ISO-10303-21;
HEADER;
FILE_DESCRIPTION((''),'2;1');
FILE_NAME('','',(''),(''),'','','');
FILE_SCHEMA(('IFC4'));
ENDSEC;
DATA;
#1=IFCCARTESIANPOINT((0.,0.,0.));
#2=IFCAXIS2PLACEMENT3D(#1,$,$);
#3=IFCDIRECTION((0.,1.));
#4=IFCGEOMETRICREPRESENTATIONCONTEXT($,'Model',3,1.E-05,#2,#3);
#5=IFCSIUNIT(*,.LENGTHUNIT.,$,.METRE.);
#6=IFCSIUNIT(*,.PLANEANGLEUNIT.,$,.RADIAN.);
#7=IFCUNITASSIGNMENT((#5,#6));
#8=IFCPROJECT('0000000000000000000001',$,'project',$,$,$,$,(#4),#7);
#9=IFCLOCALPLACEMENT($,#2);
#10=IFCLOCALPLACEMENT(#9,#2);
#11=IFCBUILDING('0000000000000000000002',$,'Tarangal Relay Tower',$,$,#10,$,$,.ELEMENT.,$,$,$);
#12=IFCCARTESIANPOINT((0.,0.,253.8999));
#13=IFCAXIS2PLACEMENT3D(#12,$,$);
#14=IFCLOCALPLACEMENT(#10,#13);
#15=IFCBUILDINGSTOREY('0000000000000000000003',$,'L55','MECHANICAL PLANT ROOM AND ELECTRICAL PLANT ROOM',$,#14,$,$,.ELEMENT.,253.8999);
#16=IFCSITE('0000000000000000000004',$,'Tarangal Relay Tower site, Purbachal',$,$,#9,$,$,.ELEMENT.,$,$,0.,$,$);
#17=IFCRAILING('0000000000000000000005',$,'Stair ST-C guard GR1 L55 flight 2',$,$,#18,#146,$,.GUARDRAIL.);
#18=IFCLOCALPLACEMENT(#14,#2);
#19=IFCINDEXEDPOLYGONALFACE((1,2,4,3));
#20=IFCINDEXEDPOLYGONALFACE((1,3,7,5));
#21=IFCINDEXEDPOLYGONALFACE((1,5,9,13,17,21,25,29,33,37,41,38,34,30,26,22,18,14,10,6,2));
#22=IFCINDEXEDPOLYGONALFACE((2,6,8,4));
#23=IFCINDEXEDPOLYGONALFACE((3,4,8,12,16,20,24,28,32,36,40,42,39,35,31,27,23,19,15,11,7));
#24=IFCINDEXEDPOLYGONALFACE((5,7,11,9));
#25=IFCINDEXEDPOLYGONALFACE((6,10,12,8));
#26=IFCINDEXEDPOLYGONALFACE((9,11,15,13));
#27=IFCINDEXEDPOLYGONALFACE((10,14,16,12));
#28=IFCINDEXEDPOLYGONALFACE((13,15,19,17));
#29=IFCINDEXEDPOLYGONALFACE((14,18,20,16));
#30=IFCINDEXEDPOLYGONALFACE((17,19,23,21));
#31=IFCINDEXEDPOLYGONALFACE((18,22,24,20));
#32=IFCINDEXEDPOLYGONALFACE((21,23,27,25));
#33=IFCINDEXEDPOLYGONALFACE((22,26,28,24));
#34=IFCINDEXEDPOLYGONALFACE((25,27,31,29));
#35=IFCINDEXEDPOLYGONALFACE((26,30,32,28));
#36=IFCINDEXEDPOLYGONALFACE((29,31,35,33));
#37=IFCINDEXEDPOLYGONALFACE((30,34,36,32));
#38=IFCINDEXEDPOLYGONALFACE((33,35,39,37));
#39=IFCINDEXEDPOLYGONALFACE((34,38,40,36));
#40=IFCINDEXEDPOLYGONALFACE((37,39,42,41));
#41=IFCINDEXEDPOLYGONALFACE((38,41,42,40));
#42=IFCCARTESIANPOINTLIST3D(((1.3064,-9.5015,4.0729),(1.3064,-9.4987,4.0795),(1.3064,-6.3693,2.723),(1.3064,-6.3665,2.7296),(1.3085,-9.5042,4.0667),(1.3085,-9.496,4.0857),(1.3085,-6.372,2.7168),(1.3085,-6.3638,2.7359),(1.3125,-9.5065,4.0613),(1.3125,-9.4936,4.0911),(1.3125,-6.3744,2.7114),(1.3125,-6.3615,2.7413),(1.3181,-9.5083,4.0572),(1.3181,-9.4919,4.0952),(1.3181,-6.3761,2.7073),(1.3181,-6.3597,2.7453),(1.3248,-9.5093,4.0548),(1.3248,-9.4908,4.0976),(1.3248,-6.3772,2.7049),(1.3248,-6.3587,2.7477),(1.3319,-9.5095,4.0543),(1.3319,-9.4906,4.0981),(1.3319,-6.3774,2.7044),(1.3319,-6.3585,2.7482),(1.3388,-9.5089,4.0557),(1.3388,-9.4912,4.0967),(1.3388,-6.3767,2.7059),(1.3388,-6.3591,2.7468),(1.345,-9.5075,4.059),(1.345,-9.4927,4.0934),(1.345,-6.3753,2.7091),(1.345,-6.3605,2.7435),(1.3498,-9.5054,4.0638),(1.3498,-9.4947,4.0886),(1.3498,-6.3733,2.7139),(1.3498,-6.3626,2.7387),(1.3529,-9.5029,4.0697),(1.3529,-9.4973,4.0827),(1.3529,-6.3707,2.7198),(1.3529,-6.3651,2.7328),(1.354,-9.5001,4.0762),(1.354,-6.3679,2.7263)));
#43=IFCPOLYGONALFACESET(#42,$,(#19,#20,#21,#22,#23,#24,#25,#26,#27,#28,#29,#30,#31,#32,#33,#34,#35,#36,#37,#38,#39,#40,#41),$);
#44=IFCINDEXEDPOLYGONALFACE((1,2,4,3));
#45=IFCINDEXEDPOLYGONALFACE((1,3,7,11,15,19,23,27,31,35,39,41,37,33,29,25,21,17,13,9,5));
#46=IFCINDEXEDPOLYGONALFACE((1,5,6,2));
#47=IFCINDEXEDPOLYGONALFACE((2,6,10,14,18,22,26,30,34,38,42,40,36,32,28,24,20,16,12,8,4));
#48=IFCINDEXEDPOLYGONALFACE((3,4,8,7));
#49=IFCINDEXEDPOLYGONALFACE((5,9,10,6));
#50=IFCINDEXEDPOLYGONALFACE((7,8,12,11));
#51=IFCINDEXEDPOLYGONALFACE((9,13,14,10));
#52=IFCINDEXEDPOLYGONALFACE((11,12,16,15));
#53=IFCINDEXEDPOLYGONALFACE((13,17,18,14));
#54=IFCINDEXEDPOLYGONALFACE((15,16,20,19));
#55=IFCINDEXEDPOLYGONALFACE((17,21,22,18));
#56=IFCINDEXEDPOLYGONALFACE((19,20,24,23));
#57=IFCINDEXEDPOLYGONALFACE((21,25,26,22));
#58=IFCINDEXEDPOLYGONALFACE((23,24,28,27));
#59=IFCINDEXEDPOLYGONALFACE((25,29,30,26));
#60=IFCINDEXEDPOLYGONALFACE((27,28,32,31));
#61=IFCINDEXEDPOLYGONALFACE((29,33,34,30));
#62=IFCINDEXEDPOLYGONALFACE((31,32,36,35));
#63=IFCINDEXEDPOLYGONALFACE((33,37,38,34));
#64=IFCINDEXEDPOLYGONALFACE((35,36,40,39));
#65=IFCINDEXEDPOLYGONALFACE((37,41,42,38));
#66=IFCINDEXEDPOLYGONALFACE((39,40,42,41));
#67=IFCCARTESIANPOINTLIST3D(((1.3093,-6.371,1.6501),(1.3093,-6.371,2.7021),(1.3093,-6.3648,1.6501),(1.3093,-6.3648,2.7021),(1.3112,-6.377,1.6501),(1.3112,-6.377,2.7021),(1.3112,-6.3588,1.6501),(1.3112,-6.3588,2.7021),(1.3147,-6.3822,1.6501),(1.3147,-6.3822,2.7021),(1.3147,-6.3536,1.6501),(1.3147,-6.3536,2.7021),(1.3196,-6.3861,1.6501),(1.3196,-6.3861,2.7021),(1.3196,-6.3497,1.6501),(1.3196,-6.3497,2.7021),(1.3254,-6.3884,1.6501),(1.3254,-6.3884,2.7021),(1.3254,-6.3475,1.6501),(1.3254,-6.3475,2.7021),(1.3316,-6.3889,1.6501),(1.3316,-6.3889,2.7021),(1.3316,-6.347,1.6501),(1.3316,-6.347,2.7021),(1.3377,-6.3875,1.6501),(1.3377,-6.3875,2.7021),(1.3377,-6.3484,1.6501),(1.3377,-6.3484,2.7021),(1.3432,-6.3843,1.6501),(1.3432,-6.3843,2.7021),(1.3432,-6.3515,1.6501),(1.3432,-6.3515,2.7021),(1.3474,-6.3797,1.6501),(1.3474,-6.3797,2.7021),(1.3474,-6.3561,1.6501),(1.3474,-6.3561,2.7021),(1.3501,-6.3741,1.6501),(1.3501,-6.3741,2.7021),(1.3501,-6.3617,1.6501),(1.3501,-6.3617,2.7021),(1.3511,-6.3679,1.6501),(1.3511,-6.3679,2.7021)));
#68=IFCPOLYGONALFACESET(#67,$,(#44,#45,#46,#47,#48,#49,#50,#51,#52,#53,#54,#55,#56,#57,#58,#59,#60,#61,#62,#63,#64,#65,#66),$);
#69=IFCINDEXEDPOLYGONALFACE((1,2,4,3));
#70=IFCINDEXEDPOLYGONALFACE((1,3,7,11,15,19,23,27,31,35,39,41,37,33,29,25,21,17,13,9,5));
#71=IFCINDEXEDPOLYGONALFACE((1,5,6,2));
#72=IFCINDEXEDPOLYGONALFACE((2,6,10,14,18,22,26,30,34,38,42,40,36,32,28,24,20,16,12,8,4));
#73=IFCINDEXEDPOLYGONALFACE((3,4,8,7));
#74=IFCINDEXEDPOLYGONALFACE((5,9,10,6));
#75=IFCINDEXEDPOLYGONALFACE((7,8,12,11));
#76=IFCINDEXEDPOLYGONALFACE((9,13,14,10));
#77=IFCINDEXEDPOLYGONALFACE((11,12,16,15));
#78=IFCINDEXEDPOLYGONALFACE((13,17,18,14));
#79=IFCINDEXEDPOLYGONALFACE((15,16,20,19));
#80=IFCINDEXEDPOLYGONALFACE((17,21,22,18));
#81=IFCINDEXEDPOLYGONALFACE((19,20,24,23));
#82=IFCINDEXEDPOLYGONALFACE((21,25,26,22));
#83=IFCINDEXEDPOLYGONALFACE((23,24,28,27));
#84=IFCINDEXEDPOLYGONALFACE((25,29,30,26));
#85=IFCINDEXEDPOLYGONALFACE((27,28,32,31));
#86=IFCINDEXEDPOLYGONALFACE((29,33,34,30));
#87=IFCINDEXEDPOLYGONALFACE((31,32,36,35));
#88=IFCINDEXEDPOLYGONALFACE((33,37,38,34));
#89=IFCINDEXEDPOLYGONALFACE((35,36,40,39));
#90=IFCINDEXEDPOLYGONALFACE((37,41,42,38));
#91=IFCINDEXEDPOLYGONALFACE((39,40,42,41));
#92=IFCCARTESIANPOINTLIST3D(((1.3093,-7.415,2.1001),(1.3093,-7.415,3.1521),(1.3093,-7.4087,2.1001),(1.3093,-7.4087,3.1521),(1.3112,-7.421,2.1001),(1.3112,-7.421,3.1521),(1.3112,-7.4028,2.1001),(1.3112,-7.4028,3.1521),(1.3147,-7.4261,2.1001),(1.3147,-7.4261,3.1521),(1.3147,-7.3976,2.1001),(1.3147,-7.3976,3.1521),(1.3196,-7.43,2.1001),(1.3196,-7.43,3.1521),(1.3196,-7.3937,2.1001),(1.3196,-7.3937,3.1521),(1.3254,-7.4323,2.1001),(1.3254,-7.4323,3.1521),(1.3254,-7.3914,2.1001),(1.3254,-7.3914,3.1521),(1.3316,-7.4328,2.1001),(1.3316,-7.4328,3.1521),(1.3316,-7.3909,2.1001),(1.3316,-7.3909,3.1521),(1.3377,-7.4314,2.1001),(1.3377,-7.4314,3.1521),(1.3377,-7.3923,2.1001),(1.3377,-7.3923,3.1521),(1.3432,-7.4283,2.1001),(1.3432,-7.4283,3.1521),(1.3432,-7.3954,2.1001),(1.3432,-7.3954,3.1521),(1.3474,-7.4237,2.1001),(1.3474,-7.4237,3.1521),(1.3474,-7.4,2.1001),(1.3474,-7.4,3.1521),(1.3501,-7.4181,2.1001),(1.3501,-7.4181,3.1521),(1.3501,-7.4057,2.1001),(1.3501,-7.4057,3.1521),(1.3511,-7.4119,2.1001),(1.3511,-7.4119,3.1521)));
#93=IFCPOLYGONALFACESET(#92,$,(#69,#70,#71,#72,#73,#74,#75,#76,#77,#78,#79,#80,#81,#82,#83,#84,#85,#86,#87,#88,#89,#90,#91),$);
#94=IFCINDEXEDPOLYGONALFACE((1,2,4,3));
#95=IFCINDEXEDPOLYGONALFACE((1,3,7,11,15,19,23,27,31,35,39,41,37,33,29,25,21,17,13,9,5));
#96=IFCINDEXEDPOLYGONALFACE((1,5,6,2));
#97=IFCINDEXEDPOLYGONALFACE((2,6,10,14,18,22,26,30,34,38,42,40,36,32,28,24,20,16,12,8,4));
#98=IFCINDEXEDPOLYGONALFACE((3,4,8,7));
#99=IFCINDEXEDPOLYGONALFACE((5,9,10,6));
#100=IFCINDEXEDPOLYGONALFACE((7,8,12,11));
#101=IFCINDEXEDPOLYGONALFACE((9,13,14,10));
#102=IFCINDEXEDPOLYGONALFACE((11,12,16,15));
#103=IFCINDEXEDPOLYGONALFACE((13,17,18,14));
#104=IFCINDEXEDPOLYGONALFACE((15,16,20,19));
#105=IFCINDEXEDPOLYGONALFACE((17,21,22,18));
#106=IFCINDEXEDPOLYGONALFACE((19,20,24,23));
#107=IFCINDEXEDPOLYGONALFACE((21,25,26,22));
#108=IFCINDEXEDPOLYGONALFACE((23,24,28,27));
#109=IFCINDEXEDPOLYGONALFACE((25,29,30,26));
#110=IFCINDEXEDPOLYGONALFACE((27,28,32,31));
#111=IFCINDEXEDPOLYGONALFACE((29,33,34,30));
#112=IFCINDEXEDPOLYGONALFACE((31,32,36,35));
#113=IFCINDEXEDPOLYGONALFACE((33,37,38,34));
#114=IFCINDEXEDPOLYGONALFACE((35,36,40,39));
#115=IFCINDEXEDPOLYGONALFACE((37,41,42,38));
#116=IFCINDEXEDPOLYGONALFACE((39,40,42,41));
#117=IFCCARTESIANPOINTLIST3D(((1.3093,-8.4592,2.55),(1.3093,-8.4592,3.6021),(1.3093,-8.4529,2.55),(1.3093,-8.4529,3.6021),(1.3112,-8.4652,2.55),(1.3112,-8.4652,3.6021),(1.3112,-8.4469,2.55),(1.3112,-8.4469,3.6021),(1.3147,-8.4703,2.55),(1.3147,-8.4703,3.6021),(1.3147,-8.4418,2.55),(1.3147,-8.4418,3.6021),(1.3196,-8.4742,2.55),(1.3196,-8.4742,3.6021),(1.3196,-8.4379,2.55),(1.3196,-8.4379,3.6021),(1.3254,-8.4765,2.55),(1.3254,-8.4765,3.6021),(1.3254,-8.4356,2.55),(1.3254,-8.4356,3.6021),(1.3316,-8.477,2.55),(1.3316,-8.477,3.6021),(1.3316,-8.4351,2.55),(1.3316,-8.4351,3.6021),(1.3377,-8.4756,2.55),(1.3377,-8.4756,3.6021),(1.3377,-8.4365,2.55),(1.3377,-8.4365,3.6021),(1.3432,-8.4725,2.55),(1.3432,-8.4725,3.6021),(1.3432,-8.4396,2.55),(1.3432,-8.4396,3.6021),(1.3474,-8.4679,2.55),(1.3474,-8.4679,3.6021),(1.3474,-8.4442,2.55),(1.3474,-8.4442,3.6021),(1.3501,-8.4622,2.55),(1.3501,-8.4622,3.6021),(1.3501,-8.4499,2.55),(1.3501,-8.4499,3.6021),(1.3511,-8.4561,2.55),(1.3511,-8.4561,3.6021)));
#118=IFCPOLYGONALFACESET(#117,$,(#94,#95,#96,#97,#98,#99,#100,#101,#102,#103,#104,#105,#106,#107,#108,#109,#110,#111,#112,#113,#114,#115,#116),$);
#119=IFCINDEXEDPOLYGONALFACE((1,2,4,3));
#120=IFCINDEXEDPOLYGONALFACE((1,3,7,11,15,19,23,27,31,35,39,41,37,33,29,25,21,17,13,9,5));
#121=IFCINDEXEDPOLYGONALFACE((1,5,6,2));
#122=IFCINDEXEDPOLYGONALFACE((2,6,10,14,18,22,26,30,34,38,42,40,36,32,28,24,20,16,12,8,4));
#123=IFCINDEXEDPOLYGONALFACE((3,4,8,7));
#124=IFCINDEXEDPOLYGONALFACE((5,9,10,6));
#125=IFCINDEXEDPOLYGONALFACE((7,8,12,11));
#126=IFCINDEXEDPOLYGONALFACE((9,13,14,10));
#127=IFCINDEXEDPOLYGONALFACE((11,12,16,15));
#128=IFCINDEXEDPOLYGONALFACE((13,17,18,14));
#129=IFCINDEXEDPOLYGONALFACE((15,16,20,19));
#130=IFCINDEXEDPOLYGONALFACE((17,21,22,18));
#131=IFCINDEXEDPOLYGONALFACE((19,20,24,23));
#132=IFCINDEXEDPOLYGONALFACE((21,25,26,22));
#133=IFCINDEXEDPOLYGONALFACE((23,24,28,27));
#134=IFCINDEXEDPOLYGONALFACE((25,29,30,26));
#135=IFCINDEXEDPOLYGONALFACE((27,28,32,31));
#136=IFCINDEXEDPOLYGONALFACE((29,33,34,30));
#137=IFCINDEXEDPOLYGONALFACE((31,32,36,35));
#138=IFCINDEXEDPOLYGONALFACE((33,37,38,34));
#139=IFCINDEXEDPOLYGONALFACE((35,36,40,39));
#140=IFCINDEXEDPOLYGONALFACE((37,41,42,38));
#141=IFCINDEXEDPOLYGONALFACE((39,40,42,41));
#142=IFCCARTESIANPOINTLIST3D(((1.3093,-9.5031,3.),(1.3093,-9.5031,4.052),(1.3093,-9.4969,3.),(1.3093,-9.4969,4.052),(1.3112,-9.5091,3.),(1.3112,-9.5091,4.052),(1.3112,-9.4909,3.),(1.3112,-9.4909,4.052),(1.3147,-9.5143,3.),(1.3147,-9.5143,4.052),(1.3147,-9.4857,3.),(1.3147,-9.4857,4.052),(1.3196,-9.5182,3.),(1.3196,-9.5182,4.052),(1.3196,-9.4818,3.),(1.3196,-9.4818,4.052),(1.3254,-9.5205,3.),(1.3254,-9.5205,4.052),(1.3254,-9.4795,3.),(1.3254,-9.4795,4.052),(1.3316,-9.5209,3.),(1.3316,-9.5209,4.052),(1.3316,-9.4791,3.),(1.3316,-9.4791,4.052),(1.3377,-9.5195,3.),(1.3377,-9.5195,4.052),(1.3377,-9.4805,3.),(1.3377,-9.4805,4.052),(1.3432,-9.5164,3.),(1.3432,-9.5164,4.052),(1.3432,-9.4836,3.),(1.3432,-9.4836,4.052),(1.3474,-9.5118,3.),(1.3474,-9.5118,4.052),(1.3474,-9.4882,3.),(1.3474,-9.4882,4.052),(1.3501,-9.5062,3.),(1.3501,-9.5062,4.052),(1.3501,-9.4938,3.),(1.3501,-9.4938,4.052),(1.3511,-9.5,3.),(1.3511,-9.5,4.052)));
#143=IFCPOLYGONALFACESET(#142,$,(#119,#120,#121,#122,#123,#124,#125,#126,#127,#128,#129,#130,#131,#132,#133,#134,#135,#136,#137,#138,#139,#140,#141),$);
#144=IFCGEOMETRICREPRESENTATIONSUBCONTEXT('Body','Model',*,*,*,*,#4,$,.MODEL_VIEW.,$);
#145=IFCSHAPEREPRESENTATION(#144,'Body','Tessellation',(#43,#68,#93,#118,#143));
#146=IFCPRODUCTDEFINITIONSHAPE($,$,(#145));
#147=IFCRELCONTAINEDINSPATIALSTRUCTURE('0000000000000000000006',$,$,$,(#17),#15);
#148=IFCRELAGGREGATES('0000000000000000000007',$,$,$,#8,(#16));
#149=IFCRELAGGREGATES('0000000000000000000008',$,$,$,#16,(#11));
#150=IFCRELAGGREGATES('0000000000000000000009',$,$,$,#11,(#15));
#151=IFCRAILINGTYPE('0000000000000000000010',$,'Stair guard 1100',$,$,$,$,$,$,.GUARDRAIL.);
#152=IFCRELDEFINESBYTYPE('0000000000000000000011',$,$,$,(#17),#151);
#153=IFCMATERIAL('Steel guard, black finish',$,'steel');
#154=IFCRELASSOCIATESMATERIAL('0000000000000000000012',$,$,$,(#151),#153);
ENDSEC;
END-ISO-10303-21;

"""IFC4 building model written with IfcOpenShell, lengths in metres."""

from ifc_helpers import new_model, si_unit, direction, frame, origin, origin_2d, place, context, subcontext, project, spatial, circle, extrude, material, type_object, element, save


model = new_model("IFC4")

# Units and contexts
model_context = context("Model", 3, precision=1e-05, world=origin(), true_north=direction((0.0, 1.0)))
body_context = subcontext(model_context, "Body", "Model", "MODEL_VIEW")
ifc_project = project(units=[si_unit("LENGTHUNIT", "METRE"), si_unit("PLANEANGLEUNIT", "RADIAN")], contexts=[model_context])

# Site, building, storey
site_placement = place(None, origin())
site = spatial("IfcSite", under=ifc_project, at=site_placement, Name="Tarangal Relay Tower site, Purbachal", CompositionType="ELEMENT", RefElevation=0.0)
building_placement = place(site_placement, origin())
building = spatial("IfcBuilding", under=site, at=building_placement, Name="Tarangal Relay Tower", CompositionType="ELEMENT")
storey_placement = place(building_placement, frame((0.0, 0.0, 253.8999)))
storey = spatial("IfcBuildingStorey", under=building, at=storey_placement, Name="L55", Description="MECHANICAL PLANT ROOM AND ELECTRICAL PLANT ROOM", CompositionType="ELEMENT", Elevation=253.8999)

# Railing
ifc_material_1 = material(Name="Steel guard, black finish", Category="steel")
railing_type = type_object("IfcRailingType", Name="Stair guard 1100", PredefinedType="GUARDRAIL", material=ifc_material_1)
railing_placement = place(storey_placement, frame((1.3301, -6.3679, 1.6501)))
element("IfcRailing", 1, at=railing_placement, inside=storey, type_object=railing_type, Name="Stair ST-C guard GR1 L55 flight 2", PredefinedType="GUARDRAIL", context=body_context, shape_type="SweptSolid", body=[
    extrude(circle(Radius=0.0239, at=origin_2d()), frame((0.0, 0.0, 1.0762), z_axis=(0.0, -0.918343, 0.395785), x_axis=(1.0, 0.0, 0.0)), (0.0, 0.0, 1.0), 3.4106),
    extrude(circle(Radius=0.021, at=origin_2d()), origin(), (0.0, 0.0, 1.0), 1.052),
    extrude(circle(Radius=0.021, at=origin_2d()), frame((0.0, -1.0439, 0.45)), (0.0, 0.0, 1.0), 1.052),
    extrude(circle(Radius=0.021, at=origin_2d()), frame((0.0, -2.0881, 0.8999)), (0.0, 0.0, 1.0), 1.052),
    extrude(circle(Radius=0.021, at=origin_2d()), frame((0.0, -3.1321, 1.3499)), (0.0, 0.0, 1.0), 1.052),
])

save(model, "model.ifc")
